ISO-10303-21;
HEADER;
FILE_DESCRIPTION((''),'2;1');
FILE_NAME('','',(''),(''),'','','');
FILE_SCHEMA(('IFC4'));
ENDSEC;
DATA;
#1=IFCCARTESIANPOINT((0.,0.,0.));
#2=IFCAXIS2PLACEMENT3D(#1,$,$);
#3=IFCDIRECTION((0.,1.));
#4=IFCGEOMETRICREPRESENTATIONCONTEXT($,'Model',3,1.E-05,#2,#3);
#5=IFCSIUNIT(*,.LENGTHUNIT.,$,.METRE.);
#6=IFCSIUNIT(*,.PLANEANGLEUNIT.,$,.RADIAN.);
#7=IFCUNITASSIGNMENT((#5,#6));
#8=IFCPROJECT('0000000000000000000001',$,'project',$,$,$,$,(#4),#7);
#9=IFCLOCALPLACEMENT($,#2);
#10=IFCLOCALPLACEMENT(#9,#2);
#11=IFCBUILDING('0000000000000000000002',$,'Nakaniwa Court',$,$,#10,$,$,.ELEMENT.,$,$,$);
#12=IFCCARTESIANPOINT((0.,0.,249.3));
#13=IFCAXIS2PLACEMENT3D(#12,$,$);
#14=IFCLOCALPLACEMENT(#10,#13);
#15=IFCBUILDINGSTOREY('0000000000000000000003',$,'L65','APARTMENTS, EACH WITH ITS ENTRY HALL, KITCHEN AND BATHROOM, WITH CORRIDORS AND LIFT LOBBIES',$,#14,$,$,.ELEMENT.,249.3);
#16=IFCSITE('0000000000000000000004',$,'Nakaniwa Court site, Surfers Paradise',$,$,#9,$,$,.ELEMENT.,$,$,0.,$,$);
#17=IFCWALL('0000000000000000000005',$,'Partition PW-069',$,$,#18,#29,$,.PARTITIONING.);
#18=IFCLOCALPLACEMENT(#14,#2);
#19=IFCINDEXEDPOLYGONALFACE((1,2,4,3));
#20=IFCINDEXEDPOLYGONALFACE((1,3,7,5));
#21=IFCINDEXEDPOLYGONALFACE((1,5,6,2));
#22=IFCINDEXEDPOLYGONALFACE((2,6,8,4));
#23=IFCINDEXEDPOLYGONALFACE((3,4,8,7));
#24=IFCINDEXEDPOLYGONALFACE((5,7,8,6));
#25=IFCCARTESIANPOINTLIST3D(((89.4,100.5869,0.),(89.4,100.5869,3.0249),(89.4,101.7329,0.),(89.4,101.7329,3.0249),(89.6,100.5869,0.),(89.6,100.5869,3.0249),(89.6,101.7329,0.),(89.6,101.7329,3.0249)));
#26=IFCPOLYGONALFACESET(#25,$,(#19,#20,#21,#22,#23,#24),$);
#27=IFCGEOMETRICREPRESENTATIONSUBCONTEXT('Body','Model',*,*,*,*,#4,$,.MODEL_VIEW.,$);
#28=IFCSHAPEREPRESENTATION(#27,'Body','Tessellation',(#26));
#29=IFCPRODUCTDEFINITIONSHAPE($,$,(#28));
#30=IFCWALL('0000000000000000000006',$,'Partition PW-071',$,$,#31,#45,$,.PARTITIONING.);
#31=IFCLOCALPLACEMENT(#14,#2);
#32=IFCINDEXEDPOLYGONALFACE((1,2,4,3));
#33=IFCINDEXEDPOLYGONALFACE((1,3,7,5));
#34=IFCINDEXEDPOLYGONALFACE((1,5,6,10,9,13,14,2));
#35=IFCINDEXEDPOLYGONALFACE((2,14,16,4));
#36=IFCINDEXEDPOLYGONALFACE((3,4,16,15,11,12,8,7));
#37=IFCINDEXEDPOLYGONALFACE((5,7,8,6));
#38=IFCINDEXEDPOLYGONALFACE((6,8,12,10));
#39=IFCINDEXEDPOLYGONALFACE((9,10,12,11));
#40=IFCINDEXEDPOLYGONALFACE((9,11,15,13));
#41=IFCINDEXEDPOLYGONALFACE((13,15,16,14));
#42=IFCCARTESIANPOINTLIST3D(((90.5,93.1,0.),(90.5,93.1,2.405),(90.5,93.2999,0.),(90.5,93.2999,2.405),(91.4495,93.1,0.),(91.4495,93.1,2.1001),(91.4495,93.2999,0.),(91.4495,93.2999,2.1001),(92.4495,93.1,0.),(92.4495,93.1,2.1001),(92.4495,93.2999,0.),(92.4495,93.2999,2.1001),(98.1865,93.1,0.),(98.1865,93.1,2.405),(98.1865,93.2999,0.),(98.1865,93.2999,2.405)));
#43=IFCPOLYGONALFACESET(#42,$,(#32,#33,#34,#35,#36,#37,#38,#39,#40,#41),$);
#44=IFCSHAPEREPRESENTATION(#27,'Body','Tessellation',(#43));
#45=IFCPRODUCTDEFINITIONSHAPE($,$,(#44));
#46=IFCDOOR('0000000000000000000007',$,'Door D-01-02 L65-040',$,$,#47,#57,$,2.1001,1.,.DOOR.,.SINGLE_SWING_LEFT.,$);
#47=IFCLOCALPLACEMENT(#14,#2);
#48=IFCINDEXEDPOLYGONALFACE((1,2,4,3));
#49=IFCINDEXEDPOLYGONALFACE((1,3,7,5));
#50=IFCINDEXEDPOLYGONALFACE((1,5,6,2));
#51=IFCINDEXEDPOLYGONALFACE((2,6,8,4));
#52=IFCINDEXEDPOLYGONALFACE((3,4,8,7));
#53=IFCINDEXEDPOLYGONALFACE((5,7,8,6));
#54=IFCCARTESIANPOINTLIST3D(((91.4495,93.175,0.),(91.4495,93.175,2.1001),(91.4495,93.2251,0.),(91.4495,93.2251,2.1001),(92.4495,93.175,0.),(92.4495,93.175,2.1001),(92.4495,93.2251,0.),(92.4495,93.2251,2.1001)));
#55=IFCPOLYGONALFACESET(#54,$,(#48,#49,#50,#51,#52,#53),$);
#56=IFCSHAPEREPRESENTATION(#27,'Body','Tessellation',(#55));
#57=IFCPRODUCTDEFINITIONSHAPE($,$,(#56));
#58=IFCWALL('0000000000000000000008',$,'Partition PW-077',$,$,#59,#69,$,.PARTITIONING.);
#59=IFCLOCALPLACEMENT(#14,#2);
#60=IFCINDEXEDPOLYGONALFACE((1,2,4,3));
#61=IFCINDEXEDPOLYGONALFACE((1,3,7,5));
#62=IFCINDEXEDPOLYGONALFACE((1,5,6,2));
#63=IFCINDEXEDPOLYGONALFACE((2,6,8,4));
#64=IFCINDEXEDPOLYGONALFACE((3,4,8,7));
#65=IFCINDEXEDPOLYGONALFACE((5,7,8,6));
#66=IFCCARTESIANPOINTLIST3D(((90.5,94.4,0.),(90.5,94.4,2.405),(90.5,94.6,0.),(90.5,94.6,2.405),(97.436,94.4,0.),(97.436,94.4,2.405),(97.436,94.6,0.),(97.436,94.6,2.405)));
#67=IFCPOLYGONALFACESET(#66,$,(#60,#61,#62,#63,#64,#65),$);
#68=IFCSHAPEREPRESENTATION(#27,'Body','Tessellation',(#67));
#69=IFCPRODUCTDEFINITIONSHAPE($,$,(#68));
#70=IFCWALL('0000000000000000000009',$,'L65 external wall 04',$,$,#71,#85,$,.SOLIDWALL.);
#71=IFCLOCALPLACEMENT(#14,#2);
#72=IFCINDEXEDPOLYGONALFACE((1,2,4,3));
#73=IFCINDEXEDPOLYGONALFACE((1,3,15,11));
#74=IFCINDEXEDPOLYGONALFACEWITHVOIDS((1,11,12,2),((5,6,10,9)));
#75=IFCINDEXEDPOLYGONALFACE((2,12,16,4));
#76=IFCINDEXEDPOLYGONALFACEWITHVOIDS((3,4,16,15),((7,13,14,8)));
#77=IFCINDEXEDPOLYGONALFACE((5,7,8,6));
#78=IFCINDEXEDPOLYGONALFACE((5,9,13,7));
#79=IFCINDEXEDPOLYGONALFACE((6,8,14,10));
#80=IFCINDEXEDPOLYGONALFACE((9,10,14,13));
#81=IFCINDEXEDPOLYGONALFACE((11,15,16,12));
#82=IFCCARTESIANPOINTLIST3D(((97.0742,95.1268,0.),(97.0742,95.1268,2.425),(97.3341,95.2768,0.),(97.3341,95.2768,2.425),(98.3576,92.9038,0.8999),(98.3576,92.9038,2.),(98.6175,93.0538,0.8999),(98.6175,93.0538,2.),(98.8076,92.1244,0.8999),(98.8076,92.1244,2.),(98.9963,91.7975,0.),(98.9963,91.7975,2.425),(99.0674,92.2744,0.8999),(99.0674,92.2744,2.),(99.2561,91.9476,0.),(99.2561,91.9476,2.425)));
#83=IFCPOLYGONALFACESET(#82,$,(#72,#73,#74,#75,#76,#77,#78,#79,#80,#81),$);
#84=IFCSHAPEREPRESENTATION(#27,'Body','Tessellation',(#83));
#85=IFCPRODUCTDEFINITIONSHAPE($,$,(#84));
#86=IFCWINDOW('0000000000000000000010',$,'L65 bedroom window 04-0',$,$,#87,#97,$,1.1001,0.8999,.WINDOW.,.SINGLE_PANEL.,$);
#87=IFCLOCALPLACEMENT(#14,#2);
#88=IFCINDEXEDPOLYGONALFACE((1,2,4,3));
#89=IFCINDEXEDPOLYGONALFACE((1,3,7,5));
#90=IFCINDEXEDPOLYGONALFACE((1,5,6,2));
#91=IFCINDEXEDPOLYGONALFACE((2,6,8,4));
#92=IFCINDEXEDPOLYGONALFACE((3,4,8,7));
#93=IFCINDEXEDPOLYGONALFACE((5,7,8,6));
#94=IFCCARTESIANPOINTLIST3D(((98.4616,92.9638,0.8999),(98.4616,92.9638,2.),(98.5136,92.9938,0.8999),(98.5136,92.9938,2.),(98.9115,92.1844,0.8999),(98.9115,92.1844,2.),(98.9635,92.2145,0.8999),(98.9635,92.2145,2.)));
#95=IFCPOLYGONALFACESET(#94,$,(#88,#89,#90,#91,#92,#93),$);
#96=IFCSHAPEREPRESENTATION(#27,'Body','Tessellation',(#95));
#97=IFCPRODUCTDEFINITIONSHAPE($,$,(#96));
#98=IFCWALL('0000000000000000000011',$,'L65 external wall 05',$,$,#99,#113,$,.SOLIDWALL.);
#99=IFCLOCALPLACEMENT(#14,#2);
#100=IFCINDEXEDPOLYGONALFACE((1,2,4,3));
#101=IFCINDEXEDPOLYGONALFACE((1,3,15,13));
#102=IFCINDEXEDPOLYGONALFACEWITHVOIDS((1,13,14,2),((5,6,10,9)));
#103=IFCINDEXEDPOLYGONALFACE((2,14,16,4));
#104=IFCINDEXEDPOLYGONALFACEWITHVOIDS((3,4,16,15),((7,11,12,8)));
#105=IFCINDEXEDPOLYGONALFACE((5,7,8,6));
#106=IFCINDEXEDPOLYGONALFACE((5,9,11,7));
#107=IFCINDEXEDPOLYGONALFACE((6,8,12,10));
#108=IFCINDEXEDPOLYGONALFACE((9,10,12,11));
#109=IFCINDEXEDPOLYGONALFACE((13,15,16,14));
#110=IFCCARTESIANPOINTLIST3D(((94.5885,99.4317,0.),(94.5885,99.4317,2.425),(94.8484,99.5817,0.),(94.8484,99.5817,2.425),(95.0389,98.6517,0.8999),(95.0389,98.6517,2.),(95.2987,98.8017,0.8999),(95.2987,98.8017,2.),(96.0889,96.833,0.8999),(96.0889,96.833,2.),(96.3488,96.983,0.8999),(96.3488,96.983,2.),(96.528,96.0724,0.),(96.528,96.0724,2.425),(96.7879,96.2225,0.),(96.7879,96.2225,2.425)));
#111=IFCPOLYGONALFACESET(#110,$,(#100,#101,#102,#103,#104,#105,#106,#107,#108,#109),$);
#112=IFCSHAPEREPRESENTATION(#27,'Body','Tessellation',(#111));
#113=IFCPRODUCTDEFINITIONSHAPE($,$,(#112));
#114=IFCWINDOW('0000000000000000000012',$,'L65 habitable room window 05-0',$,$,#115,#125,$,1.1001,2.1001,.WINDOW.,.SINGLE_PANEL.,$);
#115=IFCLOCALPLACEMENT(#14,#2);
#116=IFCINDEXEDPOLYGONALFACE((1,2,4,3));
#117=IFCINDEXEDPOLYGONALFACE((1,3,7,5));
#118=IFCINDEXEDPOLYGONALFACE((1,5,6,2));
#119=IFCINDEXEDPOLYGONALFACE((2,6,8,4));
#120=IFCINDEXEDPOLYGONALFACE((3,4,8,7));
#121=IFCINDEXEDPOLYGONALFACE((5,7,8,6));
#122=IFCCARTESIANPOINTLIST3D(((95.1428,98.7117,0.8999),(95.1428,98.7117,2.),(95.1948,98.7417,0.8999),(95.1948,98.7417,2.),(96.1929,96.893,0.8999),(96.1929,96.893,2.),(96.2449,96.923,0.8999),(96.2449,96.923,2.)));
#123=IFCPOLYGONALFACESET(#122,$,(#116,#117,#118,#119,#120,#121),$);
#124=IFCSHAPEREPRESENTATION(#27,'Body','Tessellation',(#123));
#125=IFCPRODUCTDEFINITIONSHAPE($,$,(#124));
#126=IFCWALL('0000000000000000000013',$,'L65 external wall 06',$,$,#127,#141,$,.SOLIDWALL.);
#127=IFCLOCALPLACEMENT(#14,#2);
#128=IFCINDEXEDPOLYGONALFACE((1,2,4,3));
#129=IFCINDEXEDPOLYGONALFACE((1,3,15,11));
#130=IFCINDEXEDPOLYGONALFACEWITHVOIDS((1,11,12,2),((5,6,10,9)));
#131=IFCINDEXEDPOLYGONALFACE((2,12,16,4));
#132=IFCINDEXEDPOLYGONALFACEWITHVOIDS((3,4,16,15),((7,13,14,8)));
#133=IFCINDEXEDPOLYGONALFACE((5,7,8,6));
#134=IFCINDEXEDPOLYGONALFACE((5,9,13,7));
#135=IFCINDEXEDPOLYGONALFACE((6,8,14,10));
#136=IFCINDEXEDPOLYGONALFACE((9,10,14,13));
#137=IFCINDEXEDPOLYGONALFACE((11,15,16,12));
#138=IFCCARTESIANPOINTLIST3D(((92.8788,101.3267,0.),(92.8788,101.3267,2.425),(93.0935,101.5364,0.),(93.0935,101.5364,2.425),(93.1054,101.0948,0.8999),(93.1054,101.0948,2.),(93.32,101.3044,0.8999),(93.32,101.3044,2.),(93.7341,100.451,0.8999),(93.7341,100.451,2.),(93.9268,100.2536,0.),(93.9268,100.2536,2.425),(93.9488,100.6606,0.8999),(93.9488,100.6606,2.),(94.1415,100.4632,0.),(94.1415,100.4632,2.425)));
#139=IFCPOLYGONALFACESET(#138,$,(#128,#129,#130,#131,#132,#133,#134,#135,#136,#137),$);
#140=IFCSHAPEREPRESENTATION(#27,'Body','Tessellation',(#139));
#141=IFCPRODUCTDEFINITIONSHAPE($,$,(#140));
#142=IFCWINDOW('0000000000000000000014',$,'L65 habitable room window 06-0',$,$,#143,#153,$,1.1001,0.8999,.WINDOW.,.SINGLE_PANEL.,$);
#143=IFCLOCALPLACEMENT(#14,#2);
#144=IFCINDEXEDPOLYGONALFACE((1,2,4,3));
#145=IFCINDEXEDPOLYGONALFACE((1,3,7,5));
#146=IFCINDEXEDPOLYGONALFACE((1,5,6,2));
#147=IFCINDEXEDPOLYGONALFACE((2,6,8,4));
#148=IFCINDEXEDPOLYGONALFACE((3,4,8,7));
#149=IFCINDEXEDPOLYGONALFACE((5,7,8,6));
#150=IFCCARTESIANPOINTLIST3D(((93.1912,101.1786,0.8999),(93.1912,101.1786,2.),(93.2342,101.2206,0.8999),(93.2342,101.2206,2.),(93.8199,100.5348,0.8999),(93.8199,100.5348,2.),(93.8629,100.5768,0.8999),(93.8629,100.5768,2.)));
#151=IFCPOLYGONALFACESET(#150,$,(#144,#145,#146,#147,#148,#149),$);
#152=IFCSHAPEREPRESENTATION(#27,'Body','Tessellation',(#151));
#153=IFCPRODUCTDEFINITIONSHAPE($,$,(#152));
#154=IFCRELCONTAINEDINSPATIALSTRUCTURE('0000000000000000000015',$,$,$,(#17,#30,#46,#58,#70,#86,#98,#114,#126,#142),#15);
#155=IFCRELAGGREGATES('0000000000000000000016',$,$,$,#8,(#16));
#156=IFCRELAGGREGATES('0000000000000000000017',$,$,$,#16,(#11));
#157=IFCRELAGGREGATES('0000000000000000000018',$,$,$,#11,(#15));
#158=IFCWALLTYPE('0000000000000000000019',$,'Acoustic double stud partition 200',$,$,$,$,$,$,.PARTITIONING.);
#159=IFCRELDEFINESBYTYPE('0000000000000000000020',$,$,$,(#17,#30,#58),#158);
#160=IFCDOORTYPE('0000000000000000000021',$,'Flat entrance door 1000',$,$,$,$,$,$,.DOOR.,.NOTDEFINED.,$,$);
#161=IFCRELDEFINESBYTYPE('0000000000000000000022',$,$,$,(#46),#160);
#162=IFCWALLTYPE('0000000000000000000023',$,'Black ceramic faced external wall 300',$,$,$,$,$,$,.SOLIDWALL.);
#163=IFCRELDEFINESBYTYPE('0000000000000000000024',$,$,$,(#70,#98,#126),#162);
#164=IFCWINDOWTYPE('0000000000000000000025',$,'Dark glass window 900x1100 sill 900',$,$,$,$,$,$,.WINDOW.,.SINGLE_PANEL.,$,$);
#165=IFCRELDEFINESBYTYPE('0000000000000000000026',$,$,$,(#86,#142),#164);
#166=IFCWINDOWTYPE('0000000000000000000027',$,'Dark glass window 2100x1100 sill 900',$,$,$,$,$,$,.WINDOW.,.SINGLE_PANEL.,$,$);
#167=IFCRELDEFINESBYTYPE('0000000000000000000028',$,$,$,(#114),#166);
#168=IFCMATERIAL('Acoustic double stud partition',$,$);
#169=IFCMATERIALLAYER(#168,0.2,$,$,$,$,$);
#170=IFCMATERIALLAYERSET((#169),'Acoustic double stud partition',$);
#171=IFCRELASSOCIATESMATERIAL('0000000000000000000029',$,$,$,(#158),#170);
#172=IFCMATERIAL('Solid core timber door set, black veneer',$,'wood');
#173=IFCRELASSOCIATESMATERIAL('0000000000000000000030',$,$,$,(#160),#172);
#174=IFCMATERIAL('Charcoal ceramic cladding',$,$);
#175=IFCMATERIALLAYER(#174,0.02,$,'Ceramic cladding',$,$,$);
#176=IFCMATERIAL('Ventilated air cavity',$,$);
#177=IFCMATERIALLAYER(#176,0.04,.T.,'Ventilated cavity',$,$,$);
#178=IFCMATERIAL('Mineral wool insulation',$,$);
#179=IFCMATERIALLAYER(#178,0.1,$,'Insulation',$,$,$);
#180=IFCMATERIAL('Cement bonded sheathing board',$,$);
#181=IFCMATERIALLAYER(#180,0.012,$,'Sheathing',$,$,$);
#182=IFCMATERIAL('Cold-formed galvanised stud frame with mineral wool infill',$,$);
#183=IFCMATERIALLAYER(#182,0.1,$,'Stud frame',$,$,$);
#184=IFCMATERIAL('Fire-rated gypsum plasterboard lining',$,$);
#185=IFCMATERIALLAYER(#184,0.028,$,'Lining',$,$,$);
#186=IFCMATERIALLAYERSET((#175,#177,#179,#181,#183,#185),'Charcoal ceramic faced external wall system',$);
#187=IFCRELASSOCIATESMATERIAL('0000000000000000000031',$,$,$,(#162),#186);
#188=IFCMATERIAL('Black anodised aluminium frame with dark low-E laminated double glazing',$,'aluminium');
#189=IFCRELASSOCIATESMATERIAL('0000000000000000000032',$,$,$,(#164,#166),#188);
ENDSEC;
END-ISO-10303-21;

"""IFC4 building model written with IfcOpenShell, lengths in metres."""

from ifc_helpers import new_model, si_unit, direction, frame, frame_2d, origin, place, context, subcontext, project, spatial, rectangle, extrude, material, layer, layer_set, type_object, element, fill, save


model = new_model("IFC4")

# Units and contexts
model_context = context("Model", 3, precision=1e-05, world=origin(), true_north=direction((0.0, 1.0)))
body_context = subcontext(model_context, "Body", "Model", "MODEL_VIEW")
ifc_project = project(units=[si_unit("LENGTHUNIT", "METRE"), si_unit("PLANEANGLEUNIT", "RADIAN")], contexts=[model_context])

# Site, building, storey
site_placement = place(None, origin())
site = spatial("IfcSite", under=ifc_project, at=site_placement, Name="Nakaniwa Court site, Surfers Paradise", CompositionType="ELEMENT", RefElevation=0.0)
building_placement = place(site_placement, origin())
building = spatial("IfcBuilding", under=site, at=building_placement, Name="Nakaniwa Court", CompositionType="ELEMENT")
storey_placement = place(building_placement, frame((0.0, 0.0, 249.3)))
storey = spatial("IfcBuildingStorey", under=building, at=storey_placement, Name="L65", Description="APARTMENTS, EACH WITH ITS ENTRY HALL, KITCHEN AND BATHROOM, WITH CORRIDORS AND LIFT LOBBIES", CompositionType="ELEMENT", Elevation=249.3)

# Shared definitions
ifc_material_1 = material(Name="Acoustic double stud partition")
ifc_layer_1 = layer(ifc_material_1, 0.2)
ifc_layer_set_1 = layer_set([ifc_layer_1], Name="Acoustic double stud partition")
wall_type_1 = type_object("IfcWallType", Name="Acoustic double stud partition 200", PredefinedType="PARTITIONING", material=ifc_layer_set_1)
ifc_material_2 = material(Name="Solid core timber door set, black veneer", Category="wood")

# Wall
wall_1_placement = place(storey_placement, frame((89.5, 100.5869, 0.0), z_axis=(0.0, 0.0, 1.0), x_axis=(0.0, 1.0, 0.0)))
element("IfcWall", 1, at=wall_1_placement, inside=storey, type_object=wall_type_1, Name="Partition PW-069", PredefinedType="PARTITIONING", context=body_context, shape_type="SweptSolid", body=[
    extrude(rectangle(XDim=1.146, YDim=0.2, at=frame_2d((0.573, 0.0))), origin(), (0.0, 0.0, 1.0), 3.0249),
])

# Wall, opening, door
wall_2_placement = place(storey_placement, frame((98.1865, 93.2, 0.0), z_axis=(0.0, 0.0, 1.0), x_axis=(-1.0, 0.0, 0.0)))
wall_2 = element("IfcWall", 2, at=wall_2_placement, inside=storey, type_object=wall_type_1, Name="Partition PW-071", PredefinedType="PARTITIONING", context=body_context, shape_type="SweptSolid", body=[
    extrude(rectangle(XDim=7.6865, YDim=0.2, at=frame_2d((3.8433, 0.0))), origin(), (0.0, 0.0, 1.0), 2.405),
])
opening_1_placement = place(wall_2_placement, frame((5.7371, 0.0, 0.0)))
opening_1 = element("IfcOpeningElement", 3, at=opening_1_placement, cuts=wall_2, PredefinedType="OPENING", context=body_context, shape_type="SweptSolid", body=[
    extrude(rectangle(XDim=1.0, YDim=2.1001, at=frame_2d((0.5, 1.05))), frame((0.0, 0.1099, 0.0), z_axis=(0.0, -1.0, 0.0), x_axis=(1.0, 0.0, 0.0)), (0.0, 0.0, 1.0), 0.22),
])
door_type_1 = type_object("IfcDoorType", Name="Flat entrance door 1000", OperationType="NOTDEFINED", PredefinedType="DOOR", material=ifc_material_2)
door_1_placement = place(opening_1_placement, origin())
door_1 = element("IfcDoor", 4, at=door_1_placement, inside=storey, type_object=door_type_1, Name="Door D-01-02 L65-040", OperationType="SINGLE_SWING_LEFT", OverallHeight=2.1001, OverallWidth=1.0, PredefinedType="DOOR", context=body_context, shape_type="SweptSolid", body=[
    extrude(rectangle(XDim=1.0, YDim=2.1001, at=frame_2d((0.5, 1.05))), frame((0.0, 0.0249, 0.0), z_axis=(0.0, -1.0, 0.0), x_axis=(1.0, 0.0, 0.0)), (0.0, 0.0, 1.0), 0.05),
])
fill(opening_1, door_1)

# Wall
wall_3_placement = place(storey_placement, frame((90.5, 94.5, 0.0), z_axis=(0.0, 0.0, 1.0), x_axis=(1.0, 0.0, 0.0)))
element("IfcWall", 5, at=wall_3_placement, inside=storey, type_object=wall_type_1, Name="Partition PW-077", PredefinedType="PARTITIONING", context=body_context, shape_type="SweptSolid", body=[
    extrude(rectangle(XDim=6.936, YDim=0.2, at=frame_2d((3.468, 0.0))), origin(), (0.0, 0.0, 1.0), 2.405),
])

# Walls, openings, windows
ifc_material_3 = material(Name="Charcoal ceramic cladding")
ifc_layer_2 = layer(ifc_material_3, 0.02, Name="Ceramic cladding")
ifc_material_4 = material(Name="Ventilated air cavity")
ifc_layer_3 = layer(ifc_material_4, 0.04, ventilated=True, Name="Ventilated cavity")
ifc_material_5 = material(Name="Mineral wool insulation")
ifc_layer_4 = layer(ifc_material_5, 0.1, Name="Insulation")
ifc_material_6 = material(Name="Cement bonded sheathing board")
ifc_layer_5 = layer(ifc_material_6, 0.012, Name="Sheathing")
ifc_material_7 = material(Name="Cold-formed galvanised stud frame with mineral wool infill")
ifc_layer_6 = layer(ifc_material_7, 0.1, Name="Stud frame")
ifc_material_8 = material(Name="Fire-rated gypsum plasterboard lining")
ifc_layer_7 = layer(ifc_material_8, 0.028, Name="Lining")
ifc_layer_set_2 = layer_set([ifc_layer_2, ifc_layer_3, ifc_layer_4, ifc_layer_5, ifc_layer_6, ifc_layer_7], Name="Charcoal ceramic faced external wall system")
wall_type_2 = type_object("IfcWallType", Name="Black ceramic faced external wall 300", PredefinedType="SOLIDWALL", material=ifc_layer_set_2)
wall_4_placement = place(storey_placement, frame((99.1262, 91.8726, 0.0), z_axis=(0.0, 0.0, 1.0), x_axis=(-0.499984, 0.866034, 0.0)))
wall_4 = element("IfcWall", 6, at=wall_4_placement, inside=storey, type_object=wall_type_2, Name="L65 external wall 04", PredefinedType="SOLIDWALL", context=body_context, shape_type="SweptSolid", body=[
    extrude(rectangle(XDim=3.8442, YDim=0.3, at=frame_2d((1.9221, 0.0))), origin(), (0.0, 0.0, 1.0), 2.425),
])
opening_2_placement = place(wall_4_placement, frame((0.3774, 0.0, 0.8999)))
opening_2 = element("IfcOpeningElement", 7, at=opening_2_placement, cuts=wall_4, PredefinedType="OPENING", context=body_context, shape_type="SweptSolid", body=[
    extrude(rectangle(XDim=0.8999, YDim=1.1001, at=frame_2d((0.45, 0.55))), frame((0.0, 0.1599, 0.0), z_axis=(0.0, -1.0, 0.0), x_axis=(1.0, 0.0, 0.0)), (0.0, 0.0, 1.0), 0.3201),
])
ifc_material_9 = material(Name="Black anodised aluminium frame with dark low-E laminated double glazing", Category="aluminium")
window_type_1 = type_object("IfcWindowType", Name="Dark glass window 900x1100 sill 900", PartitioningType="SINGLE_PANEL", PredefinedType="WINDOW", material=ifc_material_9)
window_1_placement = place(opening_2_placement, origin())
window_1 = element("IfcWindow", 8, at=window_1_placement, inside=storey, type_object=window_type_1, Name="L65 bedroom window 04-0", OverallHeight=1.1001, OverallWidth=0.8999, PartitioningType="SINGLE_PANEL", PredefinedType="WINDOW", context=body_context, shape_type="SweptSolid", body=[
    extrude(rectangle(XDim=0.8999, YDim=1.1001, at=frame_2d((0.45, 0.55))), frame((0.0, 0.03, 0.0), z_axis=(0.0, -1.0, 0.0), x_axis=(1.0, 0.0, 0.0)), (0.0, 0.0, 1.0), 0.0601),
])
fill(opening_2, window_1)
wall_5_placement = place(storey_placement, frame((96.658, 96.1475, 0.0), z_axis=(0.0, 0.0, 1.0), x_axis=(-0.500011, 0.866019, 0.0)))
wall_5 = element("IfcWall", 9, at=wall_5_placement, inside=storey, type_object=wall_type_2, Name="L65 external wall 05", PredefinedType="SOLIDWALL", context=body_context, shape_type="SweptSolid", body=[
    extrude(rectangle(XDim=3.8789, YDim=0.3, at=frame_2d((1.9395, 0.0))), origin(), (0.0, 0.0, 1.0), 2.425),
])
opening_3_placement = place(wall_5_placement, frame((0.8782, 0.0, 0.8999)))
opening_3 = element("IfcOpeningElement", 10, at=opening_3_placement, cuts=wall_5, PredefinedType="OPENING", context=body_context, shape_type="SweptSolid", body=[
    extrude(rectangle(XDim=2.1001, YDim=1.1001, at=frame_2d((1.05, 0.55))), frame((0.0, 0.1599, 0.0), z_axis=(0.0, -1.0, 0.0), x_axis=(1.0, 0.0, 0.0)), (0.0, 0.0, 1.0), 0.3201),
])
window_type_2 = type_object("IfcWindowType", Name="Dark glass window 2100x1100 sill 900", PartitioningType="SINGLE_PANEL", PredefinedType="WINDOW", material=ifc_material_9)
window_2_placement = place(opening_3_placement, origin())
window_2 = element("IfcWindow", 11, at=window_2_placement, inside=storey, type_object=window_type_2, Name="L65 habitable room window 05-0", OverallHeight=1.1001, OverallWidth=2.1001, PartitioningType="SINGLE_PANEL", PredefinedType="WINDOW", context=body_context, shape_type="SweptSolid", body=[
    extrude(rectangle(XDim=2.1001, YDim=1.1001, at=frame_2d((1.05, 0.55))), frame((0.0, 0.03, 0.0), z_axis=(0.0, -1.0, 0.0), x_axis=(1.0, 0.0, 0.0)), (0.0, 0.0, 1.0), 0.0601),
])
fill(opening_3, window_2)
wall_6_placement = place(storey_placement, frame((94.0342, 100.3584, 0.0), z_axis=(0.0, 0.0, 1.0), x_axis=(-0.698676, 0.715439, 0.0)))
wall_6 = element("IfcWall", 12, at=wall_6_placement, inside=storey, type_object=wall_type_2, Name="L65 external wall 06", PredefinedType="SOLIDWALL", context=body_context, shape_type="SweptSolid", body=[
    extrude(rectangle(XDim=1.5, YDim=0.3, at=frame_2d((0.75, 0.0))), origin(), (0.0, 0.0, 1.0), 2.425),
])
opening_4_placement = place(wall_6_placement, frame((0.2759, 0.0, 0.8999)))
opening_4 = element("IfcOpeningElement", 13, at=opening_4_placement, cuts=wall_6, PredefinedType="OPENING", context=body_context, shape_type="SweptSolid", body=[
    extrude(rectangle(XDim=0.8999, YDim=1.1001, at=frame_2d((0.45, 0.55))), frame((0.0, 0.1599, 0.0), z_axis=(0.0, -1.0, 0.0), x_axis=(1.0, 0.0, 0.0)), (0.0, 0.0, 1.0), 0.3201),
])
window_3_placement = place(opening_4_placement, origin())
window_3 = element("IfcWindow", 14, at=window_3_placement, inside=storey, type_object=window_type_1, Name="L65 habitable room window 06-0", OverallHeight=1.1001, OverallWidth=0.8999, PartitioningType="SINGLE_PANEL", PredefinedType="WINDOW", context=body_context, shape_type="SweptSolid", body=[
    extrude(rectangle(XDim=0.8999, YDim=1.1001, at=frame_2d((0.45, 0.55))), frame((0.0, 0.03, 0.0), z_axis=(0.0, -1.0, 0.0), x_axis=(1.0, 0.0, 0.0)), (0.0, 0.0, 1.0), 0.0601),
])
fill(opening_4, window_3)

save(model, "model.ifc")
